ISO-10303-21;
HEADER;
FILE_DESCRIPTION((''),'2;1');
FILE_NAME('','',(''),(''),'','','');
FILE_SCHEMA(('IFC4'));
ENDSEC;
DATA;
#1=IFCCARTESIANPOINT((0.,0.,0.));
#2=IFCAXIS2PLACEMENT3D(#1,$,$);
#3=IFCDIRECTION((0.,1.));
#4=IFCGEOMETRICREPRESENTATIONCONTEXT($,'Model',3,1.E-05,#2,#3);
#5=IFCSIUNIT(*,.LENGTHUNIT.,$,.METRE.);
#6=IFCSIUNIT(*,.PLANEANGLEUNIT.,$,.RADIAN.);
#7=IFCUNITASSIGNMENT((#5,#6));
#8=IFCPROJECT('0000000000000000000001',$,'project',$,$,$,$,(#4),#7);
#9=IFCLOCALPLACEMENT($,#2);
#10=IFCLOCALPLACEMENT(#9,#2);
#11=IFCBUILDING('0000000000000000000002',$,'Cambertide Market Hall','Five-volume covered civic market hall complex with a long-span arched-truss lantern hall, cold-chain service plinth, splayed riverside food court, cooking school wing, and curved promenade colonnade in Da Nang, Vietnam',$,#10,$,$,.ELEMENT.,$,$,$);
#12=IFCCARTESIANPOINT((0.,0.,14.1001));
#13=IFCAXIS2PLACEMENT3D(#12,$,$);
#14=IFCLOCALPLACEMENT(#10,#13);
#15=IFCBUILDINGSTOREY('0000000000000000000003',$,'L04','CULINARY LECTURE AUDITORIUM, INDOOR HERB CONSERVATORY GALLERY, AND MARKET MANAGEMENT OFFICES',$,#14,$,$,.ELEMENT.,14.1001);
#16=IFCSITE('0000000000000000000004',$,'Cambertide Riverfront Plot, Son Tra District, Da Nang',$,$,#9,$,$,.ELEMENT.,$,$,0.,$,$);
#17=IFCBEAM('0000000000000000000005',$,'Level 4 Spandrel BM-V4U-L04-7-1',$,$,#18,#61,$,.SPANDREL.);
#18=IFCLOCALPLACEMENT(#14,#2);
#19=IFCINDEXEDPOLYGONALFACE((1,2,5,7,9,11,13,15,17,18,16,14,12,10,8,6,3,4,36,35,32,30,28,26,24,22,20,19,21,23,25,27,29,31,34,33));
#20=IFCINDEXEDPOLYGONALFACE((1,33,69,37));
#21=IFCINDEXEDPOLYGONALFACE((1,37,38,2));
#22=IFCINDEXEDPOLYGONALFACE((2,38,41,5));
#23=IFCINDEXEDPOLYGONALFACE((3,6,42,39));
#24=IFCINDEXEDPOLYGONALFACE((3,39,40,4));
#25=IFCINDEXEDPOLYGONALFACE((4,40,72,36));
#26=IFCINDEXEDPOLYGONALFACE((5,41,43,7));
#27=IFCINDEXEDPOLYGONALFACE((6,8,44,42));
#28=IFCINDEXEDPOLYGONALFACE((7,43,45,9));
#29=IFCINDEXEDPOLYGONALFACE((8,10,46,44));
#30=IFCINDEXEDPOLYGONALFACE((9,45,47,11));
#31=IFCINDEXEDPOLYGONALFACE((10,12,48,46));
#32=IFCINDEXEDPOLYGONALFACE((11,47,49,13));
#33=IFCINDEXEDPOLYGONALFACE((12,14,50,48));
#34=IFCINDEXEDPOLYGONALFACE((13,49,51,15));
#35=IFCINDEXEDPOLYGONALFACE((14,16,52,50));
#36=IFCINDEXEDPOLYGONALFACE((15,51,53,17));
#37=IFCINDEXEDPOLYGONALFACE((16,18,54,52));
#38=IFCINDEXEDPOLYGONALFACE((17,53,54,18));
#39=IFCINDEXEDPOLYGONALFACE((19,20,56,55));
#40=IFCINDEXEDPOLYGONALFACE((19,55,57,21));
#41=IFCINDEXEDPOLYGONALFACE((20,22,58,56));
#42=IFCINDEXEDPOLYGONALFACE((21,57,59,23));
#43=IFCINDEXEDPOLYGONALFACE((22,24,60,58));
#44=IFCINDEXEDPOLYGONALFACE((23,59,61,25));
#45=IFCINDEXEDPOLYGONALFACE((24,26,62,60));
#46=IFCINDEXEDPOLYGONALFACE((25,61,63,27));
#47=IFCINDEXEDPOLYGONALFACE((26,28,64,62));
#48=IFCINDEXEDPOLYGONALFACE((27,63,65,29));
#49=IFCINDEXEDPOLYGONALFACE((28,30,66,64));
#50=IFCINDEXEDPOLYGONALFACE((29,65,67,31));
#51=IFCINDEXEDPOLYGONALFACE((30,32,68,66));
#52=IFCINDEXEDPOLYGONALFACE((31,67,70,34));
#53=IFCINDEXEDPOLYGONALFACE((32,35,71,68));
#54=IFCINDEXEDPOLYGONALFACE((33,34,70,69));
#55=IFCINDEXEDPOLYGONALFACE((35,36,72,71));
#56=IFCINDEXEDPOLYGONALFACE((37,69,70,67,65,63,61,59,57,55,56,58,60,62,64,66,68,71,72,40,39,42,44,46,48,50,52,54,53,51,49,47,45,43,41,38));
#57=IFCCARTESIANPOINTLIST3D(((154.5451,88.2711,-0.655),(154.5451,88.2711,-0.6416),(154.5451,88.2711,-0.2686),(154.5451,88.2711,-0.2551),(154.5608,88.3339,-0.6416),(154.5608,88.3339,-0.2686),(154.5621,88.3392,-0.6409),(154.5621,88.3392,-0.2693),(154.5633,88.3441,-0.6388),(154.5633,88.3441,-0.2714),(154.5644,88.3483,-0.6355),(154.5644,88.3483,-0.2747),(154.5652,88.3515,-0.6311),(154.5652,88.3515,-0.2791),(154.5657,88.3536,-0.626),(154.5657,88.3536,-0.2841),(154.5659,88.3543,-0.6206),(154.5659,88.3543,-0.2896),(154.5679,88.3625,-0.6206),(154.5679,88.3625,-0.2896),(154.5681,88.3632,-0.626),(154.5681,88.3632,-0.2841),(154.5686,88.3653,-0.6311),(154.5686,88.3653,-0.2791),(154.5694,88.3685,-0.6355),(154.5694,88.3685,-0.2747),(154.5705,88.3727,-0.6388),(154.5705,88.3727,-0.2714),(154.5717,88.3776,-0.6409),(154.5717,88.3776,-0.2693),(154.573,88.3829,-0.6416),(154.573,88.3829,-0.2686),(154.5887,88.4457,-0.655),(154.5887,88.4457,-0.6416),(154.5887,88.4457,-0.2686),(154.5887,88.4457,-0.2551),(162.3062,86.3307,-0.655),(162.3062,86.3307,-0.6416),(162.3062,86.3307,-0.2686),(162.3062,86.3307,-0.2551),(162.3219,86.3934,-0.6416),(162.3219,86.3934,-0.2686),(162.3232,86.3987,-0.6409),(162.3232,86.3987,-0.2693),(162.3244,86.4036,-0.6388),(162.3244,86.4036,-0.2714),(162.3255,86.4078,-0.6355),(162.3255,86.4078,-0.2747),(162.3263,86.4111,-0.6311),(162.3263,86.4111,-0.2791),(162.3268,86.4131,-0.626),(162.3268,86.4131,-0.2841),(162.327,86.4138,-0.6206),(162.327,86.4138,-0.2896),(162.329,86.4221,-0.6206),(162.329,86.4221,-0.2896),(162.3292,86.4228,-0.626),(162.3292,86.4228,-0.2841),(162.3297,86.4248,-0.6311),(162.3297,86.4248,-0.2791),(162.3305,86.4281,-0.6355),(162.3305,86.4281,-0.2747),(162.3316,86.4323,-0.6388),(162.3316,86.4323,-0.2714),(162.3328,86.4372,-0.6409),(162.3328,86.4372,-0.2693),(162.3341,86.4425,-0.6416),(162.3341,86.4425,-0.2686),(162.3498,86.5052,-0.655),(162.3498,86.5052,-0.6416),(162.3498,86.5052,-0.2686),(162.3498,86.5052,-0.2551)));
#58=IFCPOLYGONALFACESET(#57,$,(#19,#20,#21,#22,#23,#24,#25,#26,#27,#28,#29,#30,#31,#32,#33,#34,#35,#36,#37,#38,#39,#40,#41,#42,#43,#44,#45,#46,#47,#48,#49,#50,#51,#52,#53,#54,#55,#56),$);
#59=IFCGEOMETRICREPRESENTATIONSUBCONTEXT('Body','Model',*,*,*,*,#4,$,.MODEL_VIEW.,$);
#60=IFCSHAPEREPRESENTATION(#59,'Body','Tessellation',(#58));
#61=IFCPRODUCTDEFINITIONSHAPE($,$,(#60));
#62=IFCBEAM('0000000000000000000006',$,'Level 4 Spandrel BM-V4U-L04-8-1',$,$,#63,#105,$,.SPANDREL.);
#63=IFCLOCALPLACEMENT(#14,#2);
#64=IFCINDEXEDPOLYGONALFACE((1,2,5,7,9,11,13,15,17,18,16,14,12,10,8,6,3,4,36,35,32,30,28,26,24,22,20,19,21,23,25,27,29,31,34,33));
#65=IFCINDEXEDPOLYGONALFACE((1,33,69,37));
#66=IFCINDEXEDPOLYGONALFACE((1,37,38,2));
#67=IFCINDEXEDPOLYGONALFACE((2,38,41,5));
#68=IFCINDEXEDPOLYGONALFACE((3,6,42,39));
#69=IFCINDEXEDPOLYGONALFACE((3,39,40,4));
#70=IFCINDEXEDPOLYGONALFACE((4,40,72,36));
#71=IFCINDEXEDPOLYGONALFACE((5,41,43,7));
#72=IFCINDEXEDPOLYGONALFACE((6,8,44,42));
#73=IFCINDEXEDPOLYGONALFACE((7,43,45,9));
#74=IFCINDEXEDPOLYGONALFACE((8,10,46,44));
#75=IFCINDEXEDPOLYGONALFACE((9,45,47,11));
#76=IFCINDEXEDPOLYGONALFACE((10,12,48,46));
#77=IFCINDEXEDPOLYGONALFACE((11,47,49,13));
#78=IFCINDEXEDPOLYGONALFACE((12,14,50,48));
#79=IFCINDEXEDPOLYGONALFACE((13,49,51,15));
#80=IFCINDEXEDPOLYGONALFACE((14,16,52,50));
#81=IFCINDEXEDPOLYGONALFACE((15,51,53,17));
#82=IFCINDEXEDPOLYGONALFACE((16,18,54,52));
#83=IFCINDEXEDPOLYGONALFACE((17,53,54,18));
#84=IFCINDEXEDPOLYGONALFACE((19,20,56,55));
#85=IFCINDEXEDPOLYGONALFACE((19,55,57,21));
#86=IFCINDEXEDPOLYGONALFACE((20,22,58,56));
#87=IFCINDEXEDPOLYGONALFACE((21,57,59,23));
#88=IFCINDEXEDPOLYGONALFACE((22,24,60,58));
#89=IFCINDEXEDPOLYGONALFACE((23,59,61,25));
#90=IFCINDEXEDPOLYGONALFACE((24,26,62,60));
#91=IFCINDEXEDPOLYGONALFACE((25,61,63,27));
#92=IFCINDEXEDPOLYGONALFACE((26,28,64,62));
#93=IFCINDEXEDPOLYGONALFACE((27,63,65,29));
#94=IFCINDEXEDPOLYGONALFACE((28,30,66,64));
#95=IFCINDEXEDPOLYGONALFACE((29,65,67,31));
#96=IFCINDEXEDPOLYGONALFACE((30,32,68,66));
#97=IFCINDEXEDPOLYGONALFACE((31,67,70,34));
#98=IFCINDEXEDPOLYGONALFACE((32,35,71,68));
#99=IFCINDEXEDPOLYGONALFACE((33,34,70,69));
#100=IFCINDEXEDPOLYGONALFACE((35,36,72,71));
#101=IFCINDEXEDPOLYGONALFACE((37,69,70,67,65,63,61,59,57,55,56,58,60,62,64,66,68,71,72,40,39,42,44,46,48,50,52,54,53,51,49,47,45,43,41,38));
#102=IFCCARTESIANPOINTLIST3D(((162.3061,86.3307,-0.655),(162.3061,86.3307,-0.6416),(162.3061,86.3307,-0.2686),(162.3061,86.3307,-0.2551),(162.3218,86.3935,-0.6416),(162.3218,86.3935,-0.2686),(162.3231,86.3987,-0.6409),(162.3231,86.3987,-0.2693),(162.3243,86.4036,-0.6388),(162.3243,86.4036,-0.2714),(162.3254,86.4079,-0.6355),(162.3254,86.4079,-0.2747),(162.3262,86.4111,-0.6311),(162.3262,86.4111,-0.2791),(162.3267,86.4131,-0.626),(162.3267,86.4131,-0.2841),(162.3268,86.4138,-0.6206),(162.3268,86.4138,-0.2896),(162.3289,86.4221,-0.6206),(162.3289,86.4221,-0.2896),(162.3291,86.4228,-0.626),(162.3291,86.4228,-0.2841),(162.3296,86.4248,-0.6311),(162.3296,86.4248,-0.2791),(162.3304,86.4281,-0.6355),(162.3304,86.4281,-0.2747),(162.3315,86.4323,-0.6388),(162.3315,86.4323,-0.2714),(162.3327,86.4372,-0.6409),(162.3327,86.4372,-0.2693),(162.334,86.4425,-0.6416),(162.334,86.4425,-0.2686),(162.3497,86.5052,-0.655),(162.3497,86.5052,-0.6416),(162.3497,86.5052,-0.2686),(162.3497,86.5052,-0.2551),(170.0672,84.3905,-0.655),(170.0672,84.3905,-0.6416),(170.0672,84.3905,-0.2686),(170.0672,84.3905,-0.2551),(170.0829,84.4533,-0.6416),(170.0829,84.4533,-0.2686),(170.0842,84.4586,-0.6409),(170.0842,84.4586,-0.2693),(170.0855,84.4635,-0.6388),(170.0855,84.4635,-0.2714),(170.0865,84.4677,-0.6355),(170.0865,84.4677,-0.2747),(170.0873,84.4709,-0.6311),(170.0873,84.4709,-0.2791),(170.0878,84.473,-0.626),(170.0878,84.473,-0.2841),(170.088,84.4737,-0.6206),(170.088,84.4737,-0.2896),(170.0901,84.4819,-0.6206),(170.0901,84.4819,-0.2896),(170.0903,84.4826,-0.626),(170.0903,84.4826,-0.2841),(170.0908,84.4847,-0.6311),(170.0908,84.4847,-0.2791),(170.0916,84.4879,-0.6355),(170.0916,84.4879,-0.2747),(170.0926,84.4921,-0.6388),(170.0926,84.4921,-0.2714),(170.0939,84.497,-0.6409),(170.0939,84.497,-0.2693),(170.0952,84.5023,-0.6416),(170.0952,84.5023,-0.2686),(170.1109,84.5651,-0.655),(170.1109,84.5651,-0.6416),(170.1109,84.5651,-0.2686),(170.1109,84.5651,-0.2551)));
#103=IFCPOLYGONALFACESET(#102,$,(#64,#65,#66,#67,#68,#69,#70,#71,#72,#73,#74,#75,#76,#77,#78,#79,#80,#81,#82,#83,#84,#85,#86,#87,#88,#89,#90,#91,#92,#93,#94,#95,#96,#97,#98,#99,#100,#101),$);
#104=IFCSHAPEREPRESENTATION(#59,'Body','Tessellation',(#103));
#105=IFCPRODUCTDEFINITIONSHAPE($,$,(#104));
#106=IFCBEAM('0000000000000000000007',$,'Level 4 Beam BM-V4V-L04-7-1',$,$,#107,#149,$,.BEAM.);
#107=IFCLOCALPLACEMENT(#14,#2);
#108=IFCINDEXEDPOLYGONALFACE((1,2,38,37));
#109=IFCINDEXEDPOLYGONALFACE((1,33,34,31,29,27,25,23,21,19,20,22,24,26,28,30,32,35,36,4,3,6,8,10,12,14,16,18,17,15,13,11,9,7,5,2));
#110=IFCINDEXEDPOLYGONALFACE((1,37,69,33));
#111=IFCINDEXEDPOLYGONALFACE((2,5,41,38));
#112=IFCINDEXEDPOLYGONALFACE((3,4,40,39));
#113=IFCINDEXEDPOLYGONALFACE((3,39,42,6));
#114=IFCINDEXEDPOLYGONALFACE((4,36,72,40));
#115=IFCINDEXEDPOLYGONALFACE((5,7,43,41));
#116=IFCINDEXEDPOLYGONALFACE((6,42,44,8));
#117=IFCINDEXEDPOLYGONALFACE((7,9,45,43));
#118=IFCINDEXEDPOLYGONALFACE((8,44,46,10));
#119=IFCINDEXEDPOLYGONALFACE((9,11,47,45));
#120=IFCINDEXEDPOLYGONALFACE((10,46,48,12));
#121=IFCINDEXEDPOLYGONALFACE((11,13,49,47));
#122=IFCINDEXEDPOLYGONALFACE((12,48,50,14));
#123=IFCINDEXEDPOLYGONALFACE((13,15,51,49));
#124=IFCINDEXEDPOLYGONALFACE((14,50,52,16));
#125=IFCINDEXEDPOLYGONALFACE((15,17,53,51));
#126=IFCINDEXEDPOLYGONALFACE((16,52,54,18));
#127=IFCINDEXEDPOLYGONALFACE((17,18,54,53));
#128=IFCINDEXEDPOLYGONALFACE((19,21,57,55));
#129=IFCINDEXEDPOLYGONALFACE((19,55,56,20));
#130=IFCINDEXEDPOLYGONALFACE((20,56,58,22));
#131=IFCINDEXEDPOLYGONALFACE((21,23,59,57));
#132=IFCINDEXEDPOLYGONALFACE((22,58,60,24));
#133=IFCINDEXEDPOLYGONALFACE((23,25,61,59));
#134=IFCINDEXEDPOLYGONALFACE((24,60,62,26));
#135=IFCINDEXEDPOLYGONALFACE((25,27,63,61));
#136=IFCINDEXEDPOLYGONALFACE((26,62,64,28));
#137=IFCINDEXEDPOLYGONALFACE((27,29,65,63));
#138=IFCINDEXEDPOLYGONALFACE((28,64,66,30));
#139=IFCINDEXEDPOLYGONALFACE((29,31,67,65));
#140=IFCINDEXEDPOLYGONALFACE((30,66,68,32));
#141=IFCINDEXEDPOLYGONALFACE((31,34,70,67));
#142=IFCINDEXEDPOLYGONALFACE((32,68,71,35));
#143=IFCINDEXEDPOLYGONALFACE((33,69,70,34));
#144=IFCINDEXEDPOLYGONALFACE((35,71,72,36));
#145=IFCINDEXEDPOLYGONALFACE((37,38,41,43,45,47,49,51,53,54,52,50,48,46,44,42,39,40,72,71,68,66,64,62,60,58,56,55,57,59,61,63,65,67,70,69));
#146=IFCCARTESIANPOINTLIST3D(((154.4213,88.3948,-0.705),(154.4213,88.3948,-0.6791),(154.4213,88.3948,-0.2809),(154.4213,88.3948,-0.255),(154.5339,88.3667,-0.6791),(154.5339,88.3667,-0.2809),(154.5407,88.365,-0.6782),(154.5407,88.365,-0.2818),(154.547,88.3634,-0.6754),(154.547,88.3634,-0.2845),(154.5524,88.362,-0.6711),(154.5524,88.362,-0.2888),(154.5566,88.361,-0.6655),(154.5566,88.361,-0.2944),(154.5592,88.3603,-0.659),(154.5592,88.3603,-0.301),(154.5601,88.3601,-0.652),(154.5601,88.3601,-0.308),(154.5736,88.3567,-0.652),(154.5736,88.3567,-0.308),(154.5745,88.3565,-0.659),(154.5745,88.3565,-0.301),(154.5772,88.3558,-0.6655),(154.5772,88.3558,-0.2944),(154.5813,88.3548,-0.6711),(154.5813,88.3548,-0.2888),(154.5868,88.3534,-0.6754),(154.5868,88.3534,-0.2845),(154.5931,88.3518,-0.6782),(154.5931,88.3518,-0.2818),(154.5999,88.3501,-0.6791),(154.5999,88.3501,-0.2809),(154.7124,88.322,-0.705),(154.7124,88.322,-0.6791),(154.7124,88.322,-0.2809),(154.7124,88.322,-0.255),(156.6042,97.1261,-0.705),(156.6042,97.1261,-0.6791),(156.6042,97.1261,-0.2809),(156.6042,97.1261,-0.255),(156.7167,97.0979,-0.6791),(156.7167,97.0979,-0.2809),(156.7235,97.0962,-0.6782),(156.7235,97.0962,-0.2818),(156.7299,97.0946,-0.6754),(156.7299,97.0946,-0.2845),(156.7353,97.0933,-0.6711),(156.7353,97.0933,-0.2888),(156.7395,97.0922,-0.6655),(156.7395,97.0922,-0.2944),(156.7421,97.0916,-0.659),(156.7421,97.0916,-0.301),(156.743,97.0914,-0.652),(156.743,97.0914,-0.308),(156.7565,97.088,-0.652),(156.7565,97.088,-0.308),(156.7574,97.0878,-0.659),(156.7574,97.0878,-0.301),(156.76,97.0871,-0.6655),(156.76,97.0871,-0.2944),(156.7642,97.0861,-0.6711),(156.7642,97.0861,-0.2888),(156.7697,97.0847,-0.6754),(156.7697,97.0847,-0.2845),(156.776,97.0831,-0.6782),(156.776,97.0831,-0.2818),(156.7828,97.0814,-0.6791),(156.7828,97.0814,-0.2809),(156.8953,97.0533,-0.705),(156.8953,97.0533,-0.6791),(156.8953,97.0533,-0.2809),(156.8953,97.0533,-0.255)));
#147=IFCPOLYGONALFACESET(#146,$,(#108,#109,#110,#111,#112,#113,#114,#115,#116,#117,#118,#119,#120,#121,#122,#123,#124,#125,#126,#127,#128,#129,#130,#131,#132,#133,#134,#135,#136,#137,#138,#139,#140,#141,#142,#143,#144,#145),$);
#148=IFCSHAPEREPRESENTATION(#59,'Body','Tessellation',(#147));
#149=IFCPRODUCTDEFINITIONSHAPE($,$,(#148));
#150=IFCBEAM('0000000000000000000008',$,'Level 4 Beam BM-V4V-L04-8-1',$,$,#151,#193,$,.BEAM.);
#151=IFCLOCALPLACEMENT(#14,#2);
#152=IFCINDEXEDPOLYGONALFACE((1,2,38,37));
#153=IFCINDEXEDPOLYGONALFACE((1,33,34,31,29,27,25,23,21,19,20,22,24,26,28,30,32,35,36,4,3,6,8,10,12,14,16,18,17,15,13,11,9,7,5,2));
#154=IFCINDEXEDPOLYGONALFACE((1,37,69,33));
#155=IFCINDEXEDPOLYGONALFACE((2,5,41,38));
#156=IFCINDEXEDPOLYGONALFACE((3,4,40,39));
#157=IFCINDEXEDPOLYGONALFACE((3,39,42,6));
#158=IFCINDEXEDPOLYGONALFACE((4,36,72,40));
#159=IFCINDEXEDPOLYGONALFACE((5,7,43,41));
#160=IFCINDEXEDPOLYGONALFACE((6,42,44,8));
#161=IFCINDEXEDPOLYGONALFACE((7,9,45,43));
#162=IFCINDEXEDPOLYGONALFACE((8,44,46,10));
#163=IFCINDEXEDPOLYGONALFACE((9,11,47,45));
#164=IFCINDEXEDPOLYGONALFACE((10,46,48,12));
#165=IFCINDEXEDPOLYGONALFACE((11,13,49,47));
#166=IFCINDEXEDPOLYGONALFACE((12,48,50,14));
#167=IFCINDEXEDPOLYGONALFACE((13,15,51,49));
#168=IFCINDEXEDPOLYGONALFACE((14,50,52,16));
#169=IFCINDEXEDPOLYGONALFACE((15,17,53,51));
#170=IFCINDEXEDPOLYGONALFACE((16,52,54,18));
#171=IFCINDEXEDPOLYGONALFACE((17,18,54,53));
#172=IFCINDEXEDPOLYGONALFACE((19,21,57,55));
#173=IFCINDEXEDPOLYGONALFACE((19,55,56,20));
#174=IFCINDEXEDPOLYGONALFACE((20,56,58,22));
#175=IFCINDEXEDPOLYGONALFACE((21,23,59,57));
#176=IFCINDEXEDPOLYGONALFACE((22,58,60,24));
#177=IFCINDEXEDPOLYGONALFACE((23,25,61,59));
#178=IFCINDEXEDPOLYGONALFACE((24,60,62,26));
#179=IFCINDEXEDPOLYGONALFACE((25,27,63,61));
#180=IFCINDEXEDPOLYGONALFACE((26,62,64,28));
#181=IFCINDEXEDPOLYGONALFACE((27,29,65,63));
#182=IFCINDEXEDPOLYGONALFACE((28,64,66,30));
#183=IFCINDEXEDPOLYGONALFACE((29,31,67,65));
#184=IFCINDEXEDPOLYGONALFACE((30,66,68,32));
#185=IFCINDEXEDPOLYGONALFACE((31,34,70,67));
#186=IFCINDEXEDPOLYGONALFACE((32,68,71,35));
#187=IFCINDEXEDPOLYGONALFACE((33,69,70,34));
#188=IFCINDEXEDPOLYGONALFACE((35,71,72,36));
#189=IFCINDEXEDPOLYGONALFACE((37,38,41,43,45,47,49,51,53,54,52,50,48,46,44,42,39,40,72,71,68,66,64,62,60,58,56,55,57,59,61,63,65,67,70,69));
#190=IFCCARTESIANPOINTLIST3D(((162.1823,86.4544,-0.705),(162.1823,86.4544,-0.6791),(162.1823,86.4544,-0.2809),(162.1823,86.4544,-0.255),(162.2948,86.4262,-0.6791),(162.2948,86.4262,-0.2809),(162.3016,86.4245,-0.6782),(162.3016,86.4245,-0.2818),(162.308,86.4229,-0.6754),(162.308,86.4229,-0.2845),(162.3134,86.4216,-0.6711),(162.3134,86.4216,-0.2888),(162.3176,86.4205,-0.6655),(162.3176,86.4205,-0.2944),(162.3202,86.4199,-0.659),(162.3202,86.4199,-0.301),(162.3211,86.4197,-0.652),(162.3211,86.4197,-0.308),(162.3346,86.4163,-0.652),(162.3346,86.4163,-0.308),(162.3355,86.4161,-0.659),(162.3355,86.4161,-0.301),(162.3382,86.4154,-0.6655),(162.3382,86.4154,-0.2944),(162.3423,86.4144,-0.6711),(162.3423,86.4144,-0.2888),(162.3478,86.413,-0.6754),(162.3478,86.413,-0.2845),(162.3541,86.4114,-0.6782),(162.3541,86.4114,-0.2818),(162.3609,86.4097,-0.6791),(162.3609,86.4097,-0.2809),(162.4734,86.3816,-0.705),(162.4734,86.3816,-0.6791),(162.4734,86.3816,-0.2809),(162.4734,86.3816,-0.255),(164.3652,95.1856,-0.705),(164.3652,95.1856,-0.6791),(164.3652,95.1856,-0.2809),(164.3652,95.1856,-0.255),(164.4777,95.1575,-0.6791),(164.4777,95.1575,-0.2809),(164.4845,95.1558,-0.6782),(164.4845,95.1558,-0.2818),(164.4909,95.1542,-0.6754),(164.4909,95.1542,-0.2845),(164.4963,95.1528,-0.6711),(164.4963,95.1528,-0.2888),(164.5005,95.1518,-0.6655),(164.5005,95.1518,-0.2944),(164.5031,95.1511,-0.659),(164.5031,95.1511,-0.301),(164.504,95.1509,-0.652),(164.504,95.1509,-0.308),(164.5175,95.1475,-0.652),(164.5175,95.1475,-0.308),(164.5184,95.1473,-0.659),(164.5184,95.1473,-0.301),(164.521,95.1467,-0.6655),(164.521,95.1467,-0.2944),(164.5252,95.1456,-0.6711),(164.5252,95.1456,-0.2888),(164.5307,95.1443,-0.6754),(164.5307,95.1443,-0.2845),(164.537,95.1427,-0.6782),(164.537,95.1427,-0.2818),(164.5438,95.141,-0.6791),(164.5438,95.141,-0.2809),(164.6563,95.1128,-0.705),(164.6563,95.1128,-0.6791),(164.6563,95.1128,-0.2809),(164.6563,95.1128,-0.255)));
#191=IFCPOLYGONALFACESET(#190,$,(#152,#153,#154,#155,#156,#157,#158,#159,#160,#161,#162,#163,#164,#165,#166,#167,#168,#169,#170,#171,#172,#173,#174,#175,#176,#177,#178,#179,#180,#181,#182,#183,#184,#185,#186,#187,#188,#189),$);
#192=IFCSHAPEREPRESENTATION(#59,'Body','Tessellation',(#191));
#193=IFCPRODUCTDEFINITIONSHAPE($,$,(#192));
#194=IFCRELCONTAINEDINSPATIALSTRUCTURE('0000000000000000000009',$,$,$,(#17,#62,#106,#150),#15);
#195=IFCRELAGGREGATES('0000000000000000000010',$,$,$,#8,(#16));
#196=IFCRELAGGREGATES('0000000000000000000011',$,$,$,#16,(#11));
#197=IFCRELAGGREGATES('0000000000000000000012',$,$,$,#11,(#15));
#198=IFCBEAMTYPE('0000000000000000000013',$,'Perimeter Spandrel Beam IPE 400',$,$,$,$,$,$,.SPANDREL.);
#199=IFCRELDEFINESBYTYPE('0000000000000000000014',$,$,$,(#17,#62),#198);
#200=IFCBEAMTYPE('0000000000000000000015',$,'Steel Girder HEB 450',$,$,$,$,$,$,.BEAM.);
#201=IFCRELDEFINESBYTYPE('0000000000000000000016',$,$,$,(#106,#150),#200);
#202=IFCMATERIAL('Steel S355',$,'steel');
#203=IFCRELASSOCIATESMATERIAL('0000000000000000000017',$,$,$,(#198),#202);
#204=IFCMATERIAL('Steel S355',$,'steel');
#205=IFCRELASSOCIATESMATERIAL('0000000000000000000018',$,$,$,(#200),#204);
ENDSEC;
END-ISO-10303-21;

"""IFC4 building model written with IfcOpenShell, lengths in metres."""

from ifc_helpers import new_model, si_unit, direction, frame, origin, origin_2d, place, context, subcontext, project, spatial, i_section, extrude, material, material_profile, profile_set, type_object, element, save


model = new_model("IFC4")

# Units and contexts
model_context = context("Model", 3, precision=1e-05, world=origin(), true_north=direction((0.0, 1.0)))
body_context = subcontext(model_context, "Body", "Model", "MODEL_VIEW")
ifc_project = project(units=[si_unit("LENGTHUNIT", "METRE"), si_unit("PLANEANGLEUNIT", "RADIAN")], contexts=[model_context])

# Site, building, storey
site_placement = place(None, origin())
site = spatial("IfcSite", under=ifc_project, at=site_placement, Name="Cambertide Riverfront Plot, Son Tra District, Da Nang", CompositionType="ELEMENT", RefElevation=0.0)
building_placement = place(site_placement, origin())
building = spatial("IfcBuilding", under=site, at=building_placement, Name="Cambertide Market Hall", Description="Five-volume covered civic market hall complex with a long-span arched-truss lantern hall, cold-chain service plinth, splayed riverside food court, cooking school wing, and curved promenade colonnade in Da Nang, Vietnam", CompositionType="ELEMENT")
storey_placement = place(building_placement, frame((0.0, 0.0, 14.1001)))
storey = spatial("IfcBuildingStorey", under=building, at=storey_placement, Name="L04", Description="CULINARY LECTURE AUDITORIUM, INDOOR HERB CONSERVATORY GALLERY, AND MARKET MANAGEMENT OFFICES", CompositionType="ELEMENT", Elevation=14.1001)

# Beams
ifc_material_1 = material(Name="Steel S355", Category="steel")
ifc_material_profile_1 = material_profile(ifc_material_1, i_section(OverallWidth=0.1799, OverallDepth=0.3999, WebThickness=0.0085, FlangeThickness=0.0134, FilletRadius=0.021, at=origin_2d()), Name="IPE 400")
ifc_profile_set_1 = profile_set([ifc_material_profile_1], Name="Steel S355")
beam_type_1 = type_object("IfcBeamType", Name="Perimeter Spandrel Beam IPE 400", PredefinedType="SPANDREL", material=ifc_profile_set_1)
for number, where, z_axis, x_axis, name in (
    (1, (154.5669, 88.3584, -0.4551), (0.970137, -0.242557, 0.0), (0.242557, 0.970137, 0.0), "Level 4 Spandrel BM-V4U-L04-7-1"),
    (2, (162.3279, 86.418, -0.4551), (0.970146, -0.242521, 0.0), (0.242521, 0.970146, 0.0), "Level 4 Spandrel BM-V4U-L04-8-1"),
):
    element("IfcBeam", number, at=place(storey_placement, frame(where, z_axis=z_axis, x_axis=x_axis)), inside=storey, type_object=beam_type_1, Name=name, PredefinedType="SPANDREL", context=body_context, shape_type="SweptSolid", body=[
        extrude(i_section(OverallWidth=0.1799, OverallDepth=0.3999, WebThickness=0.0085, FlangeThickness=0.0134, FilletRadius=0.021, at=origin_2d()), origin(), (0.0, 0.0, 1.0), 8.0),
    ])
ifc_material_2 = material(Name="Steel S355", Category="steel")
ifc_material_profile_2 = material_profile(ifc_material_2, i_section(OverallWidth=0.3, OverallDepth=0.45, WebThickness=0.0139, FlangeThickness=0.0259, FilletRadius=0.0271, at=origin_2d()), Name="HEB 450")
ifc_profile_set_2 = profile_set([ifc_material_profile_2], Name="Steel S355")
beam_type_2 = type_object("IfcBeamType", Name="Steel Girder HEB 450", PredefinedType="BEAM", material=ifc_profile_set_2)
for number, where, z_axis, x_axis, name in (
    (3, (154.5669, 88.3584, -0.48), (0.242542, 0.970141, 0.0), (-0.970141, 0.242542, 0.0), "Level 4 Beam BM-V4V-L04-7-1"),
    (4, (162.3279, 86.418, -0.48), (0.242542, 0.970141, 0.0), (-0.970141, 0.242542, 0.0), "Level 4 Beam BM-V4V-L04-8-1"),
):
    element("IfcBeam", number, at=place(storey_placement, frame(where, z_axis=z_axis, x_axis=x_axis)), inside=storey, type_object=beam_type_2, Name=name, PredefinedType="BEAM", context=body_context, shape_type="SweptSolid", body=[
        extrude(i_section(OverallWidth=0.3, OverallDepth=0.45, WebThickness=0.0139, FlangeThickness=0.0259, FilletRadius=0.0271, at=origin_2d()), origin(), (0.0, 0.0, 1.0), 9.0),
    ])

save(model, "model.ifc")
